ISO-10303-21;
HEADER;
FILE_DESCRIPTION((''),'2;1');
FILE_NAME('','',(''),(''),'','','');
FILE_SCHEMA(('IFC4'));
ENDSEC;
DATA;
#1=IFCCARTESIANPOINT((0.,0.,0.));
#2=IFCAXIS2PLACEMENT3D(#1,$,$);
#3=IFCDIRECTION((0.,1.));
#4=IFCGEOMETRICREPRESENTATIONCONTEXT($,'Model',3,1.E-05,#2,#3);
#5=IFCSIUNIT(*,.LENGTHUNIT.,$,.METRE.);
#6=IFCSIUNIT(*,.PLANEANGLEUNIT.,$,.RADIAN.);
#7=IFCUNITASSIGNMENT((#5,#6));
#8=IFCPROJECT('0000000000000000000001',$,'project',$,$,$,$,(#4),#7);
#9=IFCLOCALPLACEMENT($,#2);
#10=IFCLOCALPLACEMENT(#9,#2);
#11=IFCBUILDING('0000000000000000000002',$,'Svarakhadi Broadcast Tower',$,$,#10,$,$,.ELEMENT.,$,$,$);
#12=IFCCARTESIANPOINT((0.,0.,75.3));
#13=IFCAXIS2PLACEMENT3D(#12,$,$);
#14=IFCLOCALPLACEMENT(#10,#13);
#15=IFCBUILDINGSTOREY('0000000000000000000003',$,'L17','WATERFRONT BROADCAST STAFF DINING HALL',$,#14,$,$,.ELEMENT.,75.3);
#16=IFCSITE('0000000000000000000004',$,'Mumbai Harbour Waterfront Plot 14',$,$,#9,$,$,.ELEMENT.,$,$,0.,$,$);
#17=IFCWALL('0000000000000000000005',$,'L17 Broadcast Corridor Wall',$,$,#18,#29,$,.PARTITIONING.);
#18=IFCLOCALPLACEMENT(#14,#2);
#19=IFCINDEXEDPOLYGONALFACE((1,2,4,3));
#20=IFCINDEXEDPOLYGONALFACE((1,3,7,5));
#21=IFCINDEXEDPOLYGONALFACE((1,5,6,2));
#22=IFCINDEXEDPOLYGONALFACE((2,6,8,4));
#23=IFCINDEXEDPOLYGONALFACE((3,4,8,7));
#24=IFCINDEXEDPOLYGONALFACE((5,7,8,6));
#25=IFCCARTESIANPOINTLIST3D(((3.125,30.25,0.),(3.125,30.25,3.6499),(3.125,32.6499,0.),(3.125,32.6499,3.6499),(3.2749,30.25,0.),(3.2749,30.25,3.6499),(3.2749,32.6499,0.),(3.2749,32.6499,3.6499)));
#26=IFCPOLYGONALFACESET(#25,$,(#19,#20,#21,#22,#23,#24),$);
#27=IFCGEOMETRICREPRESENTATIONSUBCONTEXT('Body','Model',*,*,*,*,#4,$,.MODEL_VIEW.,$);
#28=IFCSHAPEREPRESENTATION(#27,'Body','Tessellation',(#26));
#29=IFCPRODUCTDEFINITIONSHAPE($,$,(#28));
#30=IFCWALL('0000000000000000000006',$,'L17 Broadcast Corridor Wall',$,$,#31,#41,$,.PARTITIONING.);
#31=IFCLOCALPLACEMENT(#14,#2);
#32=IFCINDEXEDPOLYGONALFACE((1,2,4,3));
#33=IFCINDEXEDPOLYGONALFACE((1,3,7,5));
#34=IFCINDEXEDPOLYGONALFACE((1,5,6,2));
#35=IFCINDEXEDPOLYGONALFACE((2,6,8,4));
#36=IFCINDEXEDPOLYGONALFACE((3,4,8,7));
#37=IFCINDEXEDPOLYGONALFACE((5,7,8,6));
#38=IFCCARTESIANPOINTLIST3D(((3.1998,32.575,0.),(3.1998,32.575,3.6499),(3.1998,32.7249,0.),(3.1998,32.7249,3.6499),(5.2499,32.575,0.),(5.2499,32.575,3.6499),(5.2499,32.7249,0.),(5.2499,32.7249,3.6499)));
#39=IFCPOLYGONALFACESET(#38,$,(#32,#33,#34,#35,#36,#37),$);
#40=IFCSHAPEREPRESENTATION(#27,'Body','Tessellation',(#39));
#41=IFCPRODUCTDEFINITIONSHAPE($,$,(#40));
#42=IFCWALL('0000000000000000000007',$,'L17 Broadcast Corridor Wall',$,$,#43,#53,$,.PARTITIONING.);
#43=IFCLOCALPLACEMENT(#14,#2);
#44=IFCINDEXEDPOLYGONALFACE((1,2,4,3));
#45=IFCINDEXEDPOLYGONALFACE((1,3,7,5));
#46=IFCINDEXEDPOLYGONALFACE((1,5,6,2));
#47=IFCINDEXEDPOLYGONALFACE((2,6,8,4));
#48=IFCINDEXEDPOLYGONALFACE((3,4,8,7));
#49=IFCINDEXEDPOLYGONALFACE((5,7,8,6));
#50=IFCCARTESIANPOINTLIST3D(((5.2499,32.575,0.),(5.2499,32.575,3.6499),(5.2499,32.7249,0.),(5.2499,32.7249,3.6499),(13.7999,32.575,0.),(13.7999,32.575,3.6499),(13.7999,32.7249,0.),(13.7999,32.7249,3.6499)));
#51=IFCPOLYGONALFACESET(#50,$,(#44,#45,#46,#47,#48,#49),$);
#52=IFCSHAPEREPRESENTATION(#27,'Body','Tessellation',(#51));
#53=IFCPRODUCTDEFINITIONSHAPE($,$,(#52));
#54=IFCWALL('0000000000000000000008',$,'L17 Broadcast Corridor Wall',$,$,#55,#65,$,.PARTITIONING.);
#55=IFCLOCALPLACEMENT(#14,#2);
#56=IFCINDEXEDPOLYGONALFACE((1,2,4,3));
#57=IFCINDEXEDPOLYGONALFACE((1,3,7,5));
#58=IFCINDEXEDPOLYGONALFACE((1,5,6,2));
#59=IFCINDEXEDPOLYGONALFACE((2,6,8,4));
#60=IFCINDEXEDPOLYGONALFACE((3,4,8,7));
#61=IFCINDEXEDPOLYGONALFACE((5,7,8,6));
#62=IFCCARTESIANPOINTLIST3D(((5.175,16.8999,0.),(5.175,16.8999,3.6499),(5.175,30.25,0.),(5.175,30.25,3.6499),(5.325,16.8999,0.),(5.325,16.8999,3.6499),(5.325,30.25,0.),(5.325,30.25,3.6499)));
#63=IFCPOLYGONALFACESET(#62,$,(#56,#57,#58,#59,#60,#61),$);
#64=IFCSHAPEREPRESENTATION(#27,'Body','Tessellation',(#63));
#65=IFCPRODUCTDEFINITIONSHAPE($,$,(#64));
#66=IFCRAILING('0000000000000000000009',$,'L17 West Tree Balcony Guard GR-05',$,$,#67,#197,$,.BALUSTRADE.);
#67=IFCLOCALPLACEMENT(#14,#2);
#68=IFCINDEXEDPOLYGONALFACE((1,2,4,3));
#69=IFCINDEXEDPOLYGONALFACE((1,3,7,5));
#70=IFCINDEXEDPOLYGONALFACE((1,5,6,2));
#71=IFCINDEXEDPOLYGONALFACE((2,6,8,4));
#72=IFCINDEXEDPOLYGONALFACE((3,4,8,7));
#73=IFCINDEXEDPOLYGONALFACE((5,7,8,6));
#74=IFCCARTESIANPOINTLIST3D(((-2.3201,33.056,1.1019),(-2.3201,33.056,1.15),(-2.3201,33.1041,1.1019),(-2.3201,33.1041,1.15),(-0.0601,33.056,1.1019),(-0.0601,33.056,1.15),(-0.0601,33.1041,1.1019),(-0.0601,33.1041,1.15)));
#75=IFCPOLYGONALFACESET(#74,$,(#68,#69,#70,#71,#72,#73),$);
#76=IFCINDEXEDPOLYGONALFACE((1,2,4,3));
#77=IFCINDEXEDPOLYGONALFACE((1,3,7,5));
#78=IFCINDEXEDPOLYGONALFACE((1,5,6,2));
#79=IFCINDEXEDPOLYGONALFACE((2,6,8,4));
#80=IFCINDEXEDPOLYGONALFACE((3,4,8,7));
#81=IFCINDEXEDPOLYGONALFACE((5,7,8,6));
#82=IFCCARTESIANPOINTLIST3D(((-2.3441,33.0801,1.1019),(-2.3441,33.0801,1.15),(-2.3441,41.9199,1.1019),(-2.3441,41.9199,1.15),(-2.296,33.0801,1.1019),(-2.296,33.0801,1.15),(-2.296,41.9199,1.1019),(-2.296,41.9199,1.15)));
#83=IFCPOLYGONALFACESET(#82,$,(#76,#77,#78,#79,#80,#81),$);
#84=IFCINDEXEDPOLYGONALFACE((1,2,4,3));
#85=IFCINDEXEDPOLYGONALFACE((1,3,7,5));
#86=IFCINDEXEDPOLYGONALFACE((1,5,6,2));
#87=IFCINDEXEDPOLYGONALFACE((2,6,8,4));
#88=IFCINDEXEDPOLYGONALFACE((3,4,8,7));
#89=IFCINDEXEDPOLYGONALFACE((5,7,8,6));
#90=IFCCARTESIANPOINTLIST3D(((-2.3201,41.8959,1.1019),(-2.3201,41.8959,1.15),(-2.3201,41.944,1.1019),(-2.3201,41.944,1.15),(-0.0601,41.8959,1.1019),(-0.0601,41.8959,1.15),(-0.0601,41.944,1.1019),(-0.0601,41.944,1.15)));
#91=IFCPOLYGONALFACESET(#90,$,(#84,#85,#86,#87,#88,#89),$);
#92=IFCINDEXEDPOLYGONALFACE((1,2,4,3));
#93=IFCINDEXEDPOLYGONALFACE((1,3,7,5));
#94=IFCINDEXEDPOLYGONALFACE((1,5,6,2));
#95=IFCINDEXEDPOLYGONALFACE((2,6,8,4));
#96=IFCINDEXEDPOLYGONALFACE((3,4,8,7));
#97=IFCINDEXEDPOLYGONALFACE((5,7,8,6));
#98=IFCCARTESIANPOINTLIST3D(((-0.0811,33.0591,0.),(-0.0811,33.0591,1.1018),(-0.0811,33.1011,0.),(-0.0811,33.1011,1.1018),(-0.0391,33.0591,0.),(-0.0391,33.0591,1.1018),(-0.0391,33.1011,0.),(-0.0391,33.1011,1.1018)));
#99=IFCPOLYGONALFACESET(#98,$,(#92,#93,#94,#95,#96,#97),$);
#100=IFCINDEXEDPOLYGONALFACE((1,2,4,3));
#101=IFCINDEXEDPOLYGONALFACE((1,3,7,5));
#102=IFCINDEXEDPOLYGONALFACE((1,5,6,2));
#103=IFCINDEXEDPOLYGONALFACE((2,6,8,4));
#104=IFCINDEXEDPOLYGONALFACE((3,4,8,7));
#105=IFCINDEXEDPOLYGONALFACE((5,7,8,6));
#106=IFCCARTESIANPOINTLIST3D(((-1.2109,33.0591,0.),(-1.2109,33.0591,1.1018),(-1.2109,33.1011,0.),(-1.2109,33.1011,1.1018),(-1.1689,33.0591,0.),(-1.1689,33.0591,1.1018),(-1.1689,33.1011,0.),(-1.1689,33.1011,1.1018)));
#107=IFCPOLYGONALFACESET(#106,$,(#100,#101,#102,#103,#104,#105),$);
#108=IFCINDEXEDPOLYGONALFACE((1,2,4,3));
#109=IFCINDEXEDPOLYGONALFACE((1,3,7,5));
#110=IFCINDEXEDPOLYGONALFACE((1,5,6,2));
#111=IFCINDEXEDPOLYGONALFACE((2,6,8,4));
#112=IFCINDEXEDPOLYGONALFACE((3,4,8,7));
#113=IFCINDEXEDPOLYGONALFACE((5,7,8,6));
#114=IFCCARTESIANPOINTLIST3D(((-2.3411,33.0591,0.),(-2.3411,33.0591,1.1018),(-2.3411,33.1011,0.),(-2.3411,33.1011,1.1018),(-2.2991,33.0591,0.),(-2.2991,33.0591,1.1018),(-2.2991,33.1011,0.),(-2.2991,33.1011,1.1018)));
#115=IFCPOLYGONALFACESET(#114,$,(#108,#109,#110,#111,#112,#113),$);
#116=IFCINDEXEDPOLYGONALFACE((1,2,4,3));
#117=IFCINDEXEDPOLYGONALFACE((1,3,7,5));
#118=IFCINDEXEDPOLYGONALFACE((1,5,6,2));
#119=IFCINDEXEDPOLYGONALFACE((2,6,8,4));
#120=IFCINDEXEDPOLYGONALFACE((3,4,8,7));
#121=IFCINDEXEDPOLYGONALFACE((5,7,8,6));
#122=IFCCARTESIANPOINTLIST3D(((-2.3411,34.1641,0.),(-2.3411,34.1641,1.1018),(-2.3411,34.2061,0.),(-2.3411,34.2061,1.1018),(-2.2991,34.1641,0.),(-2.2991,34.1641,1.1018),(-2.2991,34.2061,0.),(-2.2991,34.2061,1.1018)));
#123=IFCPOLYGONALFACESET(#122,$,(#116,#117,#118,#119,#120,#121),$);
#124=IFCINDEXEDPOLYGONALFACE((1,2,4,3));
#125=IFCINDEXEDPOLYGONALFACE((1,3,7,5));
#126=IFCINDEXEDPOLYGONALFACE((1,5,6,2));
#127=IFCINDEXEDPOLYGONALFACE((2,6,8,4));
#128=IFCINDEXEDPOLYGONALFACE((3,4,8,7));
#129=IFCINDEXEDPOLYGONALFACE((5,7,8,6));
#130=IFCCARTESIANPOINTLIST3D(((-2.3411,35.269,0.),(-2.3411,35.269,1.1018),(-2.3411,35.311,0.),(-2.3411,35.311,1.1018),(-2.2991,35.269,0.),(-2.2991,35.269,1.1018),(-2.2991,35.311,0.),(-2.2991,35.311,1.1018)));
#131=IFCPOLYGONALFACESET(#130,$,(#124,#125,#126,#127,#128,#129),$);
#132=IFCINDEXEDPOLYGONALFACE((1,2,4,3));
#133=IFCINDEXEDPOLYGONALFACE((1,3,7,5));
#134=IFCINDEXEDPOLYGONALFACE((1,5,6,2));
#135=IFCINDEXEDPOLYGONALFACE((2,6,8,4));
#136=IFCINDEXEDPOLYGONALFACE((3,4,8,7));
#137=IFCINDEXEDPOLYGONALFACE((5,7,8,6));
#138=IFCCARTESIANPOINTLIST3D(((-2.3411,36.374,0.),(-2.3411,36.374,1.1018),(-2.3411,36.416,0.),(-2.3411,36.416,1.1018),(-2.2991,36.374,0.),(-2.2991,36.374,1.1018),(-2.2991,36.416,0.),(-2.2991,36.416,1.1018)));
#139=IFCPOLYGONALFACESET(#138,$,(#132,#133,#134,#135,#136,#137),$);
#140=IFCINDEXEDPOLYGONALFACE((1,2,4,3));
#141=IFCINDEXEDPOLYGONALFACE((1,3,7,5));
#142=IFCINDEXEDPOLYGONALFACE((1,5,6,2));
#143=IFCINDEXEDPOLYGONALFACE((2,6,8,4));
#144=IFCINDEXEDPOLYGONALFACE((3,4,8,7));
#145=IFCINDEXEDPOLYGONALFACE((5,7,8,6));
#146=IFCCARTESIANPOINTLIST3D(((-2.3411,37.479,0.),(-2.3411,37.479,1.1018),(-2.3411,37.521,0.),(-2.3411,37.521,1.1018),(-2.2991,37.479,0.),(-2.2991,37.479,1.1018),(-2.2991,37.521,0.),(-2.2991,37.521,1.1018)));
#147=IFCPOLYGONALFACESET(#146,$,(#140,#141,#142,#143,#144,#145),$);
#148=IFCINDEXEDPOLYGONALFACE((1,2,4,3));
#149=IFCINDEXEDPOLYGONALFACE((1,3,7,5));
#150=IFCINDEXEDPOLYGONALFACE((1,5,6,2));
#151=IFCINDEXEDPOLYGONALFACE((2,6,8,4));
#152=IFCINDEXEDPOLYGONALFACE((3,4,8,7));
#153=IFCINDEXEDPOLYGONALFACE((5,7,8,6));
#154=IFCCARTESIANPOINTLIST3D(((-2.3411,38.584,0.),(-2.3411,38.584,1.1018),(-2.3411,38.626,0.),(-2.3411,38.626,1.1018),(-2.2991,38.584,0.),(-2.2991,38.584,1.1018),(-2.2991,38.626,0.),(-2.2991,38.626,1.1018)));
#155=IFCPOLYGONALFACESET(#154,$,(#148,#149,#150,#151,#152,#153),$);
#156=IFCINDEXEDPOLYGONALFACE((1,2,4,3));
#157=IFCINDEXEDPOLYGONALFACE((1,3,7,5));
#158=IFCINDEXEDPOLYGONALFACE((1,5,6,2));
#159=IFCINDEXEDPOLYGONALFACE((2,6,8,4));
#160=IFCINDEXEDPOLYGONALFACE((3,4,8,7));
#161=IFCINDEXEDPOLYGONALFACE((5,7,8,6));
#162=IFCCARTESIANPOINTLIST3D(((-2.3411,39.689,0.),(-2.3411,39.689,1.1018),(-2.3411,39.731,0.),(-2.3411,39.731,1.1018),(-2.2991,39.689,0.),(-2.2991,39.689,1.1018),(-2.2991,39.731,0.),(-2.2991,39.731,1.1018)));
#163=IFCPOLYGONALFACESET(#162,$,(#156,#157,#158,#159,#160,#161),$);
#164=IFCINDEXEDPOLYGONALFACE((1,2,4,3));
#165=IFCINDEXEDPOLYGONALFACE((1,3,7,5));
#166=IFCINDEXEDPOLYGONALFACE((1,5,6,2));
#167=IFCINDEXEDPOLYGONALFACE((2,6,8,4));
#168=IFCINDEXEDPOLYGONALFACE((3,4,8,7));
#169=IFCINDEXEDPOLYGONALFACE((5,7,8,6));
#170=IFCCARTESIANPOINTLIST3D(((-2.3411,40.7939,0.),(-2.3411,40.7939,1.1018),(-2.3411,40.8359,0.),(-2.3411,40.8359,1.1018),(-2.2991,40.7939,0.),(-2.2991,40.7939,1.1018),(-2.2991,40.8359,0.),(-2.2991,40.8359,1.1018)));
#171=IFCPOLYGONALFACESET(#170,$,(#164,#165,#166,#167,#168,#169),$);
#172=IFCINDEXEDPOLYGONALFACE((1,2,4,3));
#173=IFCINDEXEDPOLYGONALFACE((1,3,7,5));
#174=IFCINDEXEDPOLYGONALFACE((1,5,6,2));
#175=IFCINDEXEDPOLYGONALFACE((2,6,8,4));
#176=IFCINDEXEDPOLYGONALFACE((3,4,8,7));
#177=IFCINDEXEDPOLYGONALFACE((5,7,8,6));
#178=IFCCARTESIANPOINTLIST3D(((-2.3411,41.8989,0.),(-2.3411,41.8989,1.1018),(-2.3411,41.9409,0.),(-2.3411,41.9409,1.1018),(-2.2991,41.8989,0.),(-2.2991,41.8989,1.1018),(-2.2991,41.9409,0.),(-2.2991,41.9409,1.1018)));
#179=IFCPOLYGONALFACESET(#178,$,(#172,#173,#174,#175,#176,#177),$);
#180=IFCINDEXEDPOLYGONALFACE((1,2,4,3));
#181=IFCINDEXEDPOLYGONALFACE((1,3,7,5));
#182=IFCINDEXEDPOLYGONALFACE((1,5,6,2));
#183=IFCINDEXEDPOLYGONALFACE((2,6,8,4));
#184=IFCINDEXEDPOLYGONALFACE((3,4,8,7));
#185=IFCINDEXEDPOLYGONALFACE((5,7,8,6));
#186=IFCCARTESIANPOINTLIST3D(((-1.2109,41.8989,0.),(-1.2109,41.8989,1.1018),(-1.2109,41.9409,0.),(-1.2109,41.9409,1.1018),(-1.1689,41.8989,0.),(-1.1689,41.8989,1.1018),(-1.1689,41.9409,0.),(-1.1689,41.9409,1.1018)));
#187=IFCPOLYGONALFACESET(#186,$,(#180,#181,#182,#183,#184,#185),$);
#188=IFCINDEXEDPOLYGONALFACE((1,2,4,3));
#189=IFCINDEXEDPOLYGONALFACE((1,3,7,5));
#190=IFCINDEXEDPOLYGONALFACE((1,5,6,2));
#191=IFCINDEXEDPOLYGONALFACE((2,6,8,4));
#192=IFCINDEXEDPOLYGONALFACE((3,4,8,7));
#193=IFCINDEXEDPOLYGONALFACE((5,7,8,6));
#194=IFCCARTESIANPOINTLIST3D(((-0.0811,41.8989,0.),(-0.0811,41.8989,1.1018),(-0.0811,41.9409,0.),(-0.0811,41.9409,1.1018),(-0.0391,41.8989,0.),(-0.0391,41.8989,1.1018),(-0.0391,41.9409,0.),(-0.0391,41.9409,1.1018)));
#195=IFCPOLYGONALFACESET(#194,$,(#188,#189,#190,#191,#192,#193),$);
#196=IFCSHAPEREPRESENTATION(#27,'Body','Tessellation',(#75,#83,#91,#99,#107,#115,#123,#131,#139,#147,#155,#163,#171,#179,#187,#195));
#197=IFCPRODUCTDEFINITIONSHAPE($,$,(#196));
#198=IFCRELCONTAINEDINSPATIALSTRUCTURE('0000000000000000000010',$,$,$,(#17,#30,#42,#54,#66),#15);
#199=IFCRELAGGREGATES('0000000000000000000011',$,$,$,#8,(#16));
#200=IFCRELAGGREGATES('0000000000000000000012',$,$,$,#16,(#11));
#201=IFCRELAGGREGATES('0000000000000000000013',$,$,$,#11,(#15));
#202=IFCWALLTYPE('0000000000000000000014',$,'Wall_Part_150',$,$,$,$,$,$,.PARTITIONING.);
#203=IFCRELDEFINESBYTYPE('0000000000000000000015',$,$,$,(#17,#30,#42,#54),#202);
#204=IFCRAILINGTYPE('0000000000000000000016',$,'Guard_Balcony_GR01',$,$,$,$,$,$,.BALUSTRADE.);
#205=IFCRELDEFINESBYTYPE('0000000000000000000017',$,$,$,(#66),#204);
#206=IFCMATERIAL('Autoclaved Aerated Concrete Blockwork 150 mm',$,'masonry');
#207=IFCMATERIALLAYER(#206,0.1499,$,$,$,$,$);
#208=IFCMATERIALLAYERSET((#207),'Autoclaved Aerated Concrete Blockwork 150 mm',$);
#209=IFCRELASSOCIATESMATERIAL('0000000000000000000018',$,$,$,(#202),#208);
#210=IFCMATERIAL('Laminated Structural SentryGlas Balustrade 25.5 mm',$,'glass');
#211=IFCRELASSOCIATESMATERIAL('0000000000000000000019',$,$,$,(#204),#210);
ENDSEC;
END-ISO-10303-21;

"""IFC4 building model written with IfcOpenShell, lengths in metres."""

from ifc_helpers import new_model, si_unit, direction, frame, frame_2d, origin, origin_2d, place, context, subcontext, project, spatial, rectangle, extrude, material, layer, layer_set, type_object, element, save


model = new_model("IFC4")

# Units and contexts
model_context = context("Model", 3, precision=1e-05, world=origin(), true_north=direction((0.0, 1.0)))
body_context = subcontext(model_context, "Body", "Model", "MODEL_VIEW")
ifc_project = project(units=[si_unit("LENGTHUNIT", "METRE"), si_unit("PLANEANGLEUNIT", "RADIAN")], contexts=[model_context])

# Site, building, storey
site_placement = place(None, origin())
site = spatial("IfcSite", under=ifc_project, at=site_placement, Name="Mumbai Harbour Waterfront Plot 14", CompositionType="ELEMENT", RefElevation=0.0)
building_placement = place(site_placement, origin())
building = spatial("IfcBuilding", under=site, at=building_placement, Name="Svarakhadi Broadcast Tower", CompositionType="ELEMENT")
storey_placement = place(building_placement, frame((0.0, 0.0, 75.3)))
storey = spatial("IfcBuildingStorey", under=building, at=storey_placement, Name="L17", Description="WATERFRONT BROADCAST STAFF DINING HALL", CompositionType="ELEMENT", Elevation=75.3)

# Walls
ifc_material_1 = material(Name="Autoclaved Aerated Concrete Blockwork 150 mm", Category="masonry")
ifc_layer_1 = layer(ifc_material_1, 0.1499)
ifc_layer_set_1 = layer_set([ifc_layer_1], Name="Autoclaved Aerated Concrete Blockwork 150 mm")
wall_type_1 = type_object("IfcWallType", Name="Wall_Part_150", PredefinedType="PARTITIONING", material=ifc_layer_set_1)
wall_1_placement = place(storey_placement, frame((3.2, 30.25, 0.0), z_axis=(0.0, 0.0, 1.0), x_axis=(0.0, 1.0, 0.0)))
element("IfcWall", 1, at=wall_1_placement, inside=storey, type_object=wall_type_1, Name="L17 Broadcast Corridor Wall", PredefinedType="PARTITIONING", context=body_context, shape_type="SweptSolid", body=[
    extrude(rectangle(XDim=2.3999, YDim=0.1499, at=frame_2d((1.2, 0.0))), origin(), (0.0, 0.0, 1.0), 3.6499),
])
wall_2_placement = place(storey_placement, frame((3.2, 32.6499, 0.0), z_axis=(0.0, 0.0, 1.0), x_axis=(1.0, 0.0, 0.0)))
element("IfcWall", 2, at=wall_2_placement, inside=storey, type_object=wall_type_1, Name="L17 Broadcast Corridor Wall", PredefinedType="PARTITIONING", context=body_context, shape_type="SweptSolid", body=[
    extrude(rectangle(XDim=2.05, YDim=0.1499, at=frame_2d((1.0249, 0.0))), origin(), (0.0, 0.0, 1.0), 3.6499),
])
wall_3_placement = place(storey_placement, frame((5.25, 32.6499, 0.0), z_axis=(0.0, 0.0, 1.0), x_axis=(1.0, 0.0, 0.0)))
element("IfcWall", 3, at=wall_3_placement, inside=storey, type_object=wall_type_1, Name="L17 Broadcast Corridor Wall", PredefinedType="PARTITIONING", context=body_context, shape_type="SweptSolid", body=[
    extrude(rectangle(XDim=8.55, YDim=0.1499, at=frame_2d((4.2749, 0.0))), origin(), (0.0, 0.0, 1.0), 3.6499),
])
wall_4_placement = place(storey_placement, frame((5.25, 30.25, 0.0), z_axis=(0.0, 0.0, 1.0), x_axis=(0.0, -1.0, 0.0)))
element("IfcWall", 4, at=wall_4_placement, inside=storey, type_object=wall_type_1, Name="L17 Broadcast Corridor Wall", PredefinedType="PARTITIONING", context=body_context, shape_type="SweptSolid", body=[
    extrude(rectangle(XDim=13.3501, YDim=0.1499, at=frame_2d((6.675, 0.0))), origin(), (0.0, 0.0, 1.0), 3.6499),
])

# Railing
ifc_material_2 = material(Name="Laminated Structural SentryGlas Balustrade 25.5 mm", Category="glass")
railing_type = type_object("IfcRailingType", Name="Guard_Balcony_GR01", PredefinedType="BALUSTRADE", material=ifc_material_2)
railing_placement = place(storey_placement, frame((-0.0601, 33.0801, 0.0)))
element("IfcRailing", 5, at=railing_placement, inside=storey, type_object=railing_type, Name="L17 West Tree Balcony Guard GR-05", PredefinedType="BALUSTRADE", context=body_context, shape_type="SweptSolid", body=[
    extrude(rectangle(XDim=0.0481, YDim=0.0481, at=origin_2d()), frame((0.0, 0.0, 1.126), z_axis=(-1.0, 0.0, 0.0), x_axis=(0.0, -1.0, 0.0)), (0.0, 0.0, 1.0), 2.26),
    extrude(rectangle(XDim=0.0481, YDim=0.0481, at=origin_2d()), frame((-2.26, 0.0, 1.126), z_axis=(0.0, 1.0, 0.0), x_axis=(-1.0, 0.0, 0.0)), (0.0, 0.0, 1.0), 8.8398),
    extrude(rectangle(XDim=0.0481, YDim=0.0481, at=origin_2d()), frame((-2.26, 8.8398, 1.126), z_axis=(1.0, 0.0, 0.0), x_axis=(0.0, 1.0, 0.0)), (0.0, 0.0, 1.0), 2.26),
    extrude(rectangle(XDim=0.042, YDim=0.042, at=origin_2d()), origin(), (0.0, 0.0, 1.0), 1.1018),
    extrude(rectangle(XDim=0.042, YDim=0.042, at=origin_2d()), frame((-1.1299, 0.0, 0.0)), (0.0, 0.0, 1.0), 1.1018),
    extrude(rectangle(XDim=0.042, YDim=0.042, at=origin_2d()), frame((-2.26, 0.0, 0.0)), (0.0, 0.0, 1.0), 1.1018),
    extrude(rectangle(XDim=0.042, YDim=0.042, at=origin_2d()), frame((-2.26, 1.105, 0.0)), (0.0, 0.0, 1.0), 1.1018),
    extrude(rectangle(XDim=0.042, YDim=0.042, at=origin_2d()), frame((-2.26, 2.21, 0.0)), (0.0, 0.0, 1.0), 1.1018),
    extrude(rectangle(XDim=0.042, YDim=0.042, at=origin_2d()), frame((-2.26, 3.3149, 0.0)), (0.0, 0.0, 1.0), 1.1018),
    extrude(rectangle(XDim=0.042, YDim=0.042, at=origin_2d()), frame((-2.26, 4.4199, 0.0)), (0.0, 0.0, 1.0), 1.1018),
    extrude(rectangle(XDim=0.042, YDim=0.042, at=origin_2d()), frame((-2.26, 5.5249, 0.0)), (0.0, 0.0, 1.0), 1.1018),
    extrude(rectangle(XDim=0.042, YDim=0.042, at=origin_2d()), frame((-2.26, 6.6299, 0.0)), (0.0, 0.0, 1.0), 1.1018),
    extrude(rectangle(XDim=0.042, YDim=0.042, at=origin_2d()), frame((-2.26, 7.7349, 0.0)), (0.0, 0.0, 1.0), 1.1018),
    extrude(rectangle(XDim=0.042, YDim=0.042, at=origin_2d()), frame((-2.26, 8.8398, 0.0)), (0.0, 0.0, 1.0), 1.1018),
    extrude(rectangle(XDim=0.042, YDim=0.042, at=origin_2d()), frame((-1.1299, 8.8398, 0.0)), (0.0, 0.0, 1.0), 1.1018),
    extrude(rectangle(XDim=0.042, YDim=0.042, at=origin_2d()), frame((0.0, 8.8398, 0.0)), (0.0, 0.0, 1.0), 1.1018),
])

save(model, "model.ifc")
